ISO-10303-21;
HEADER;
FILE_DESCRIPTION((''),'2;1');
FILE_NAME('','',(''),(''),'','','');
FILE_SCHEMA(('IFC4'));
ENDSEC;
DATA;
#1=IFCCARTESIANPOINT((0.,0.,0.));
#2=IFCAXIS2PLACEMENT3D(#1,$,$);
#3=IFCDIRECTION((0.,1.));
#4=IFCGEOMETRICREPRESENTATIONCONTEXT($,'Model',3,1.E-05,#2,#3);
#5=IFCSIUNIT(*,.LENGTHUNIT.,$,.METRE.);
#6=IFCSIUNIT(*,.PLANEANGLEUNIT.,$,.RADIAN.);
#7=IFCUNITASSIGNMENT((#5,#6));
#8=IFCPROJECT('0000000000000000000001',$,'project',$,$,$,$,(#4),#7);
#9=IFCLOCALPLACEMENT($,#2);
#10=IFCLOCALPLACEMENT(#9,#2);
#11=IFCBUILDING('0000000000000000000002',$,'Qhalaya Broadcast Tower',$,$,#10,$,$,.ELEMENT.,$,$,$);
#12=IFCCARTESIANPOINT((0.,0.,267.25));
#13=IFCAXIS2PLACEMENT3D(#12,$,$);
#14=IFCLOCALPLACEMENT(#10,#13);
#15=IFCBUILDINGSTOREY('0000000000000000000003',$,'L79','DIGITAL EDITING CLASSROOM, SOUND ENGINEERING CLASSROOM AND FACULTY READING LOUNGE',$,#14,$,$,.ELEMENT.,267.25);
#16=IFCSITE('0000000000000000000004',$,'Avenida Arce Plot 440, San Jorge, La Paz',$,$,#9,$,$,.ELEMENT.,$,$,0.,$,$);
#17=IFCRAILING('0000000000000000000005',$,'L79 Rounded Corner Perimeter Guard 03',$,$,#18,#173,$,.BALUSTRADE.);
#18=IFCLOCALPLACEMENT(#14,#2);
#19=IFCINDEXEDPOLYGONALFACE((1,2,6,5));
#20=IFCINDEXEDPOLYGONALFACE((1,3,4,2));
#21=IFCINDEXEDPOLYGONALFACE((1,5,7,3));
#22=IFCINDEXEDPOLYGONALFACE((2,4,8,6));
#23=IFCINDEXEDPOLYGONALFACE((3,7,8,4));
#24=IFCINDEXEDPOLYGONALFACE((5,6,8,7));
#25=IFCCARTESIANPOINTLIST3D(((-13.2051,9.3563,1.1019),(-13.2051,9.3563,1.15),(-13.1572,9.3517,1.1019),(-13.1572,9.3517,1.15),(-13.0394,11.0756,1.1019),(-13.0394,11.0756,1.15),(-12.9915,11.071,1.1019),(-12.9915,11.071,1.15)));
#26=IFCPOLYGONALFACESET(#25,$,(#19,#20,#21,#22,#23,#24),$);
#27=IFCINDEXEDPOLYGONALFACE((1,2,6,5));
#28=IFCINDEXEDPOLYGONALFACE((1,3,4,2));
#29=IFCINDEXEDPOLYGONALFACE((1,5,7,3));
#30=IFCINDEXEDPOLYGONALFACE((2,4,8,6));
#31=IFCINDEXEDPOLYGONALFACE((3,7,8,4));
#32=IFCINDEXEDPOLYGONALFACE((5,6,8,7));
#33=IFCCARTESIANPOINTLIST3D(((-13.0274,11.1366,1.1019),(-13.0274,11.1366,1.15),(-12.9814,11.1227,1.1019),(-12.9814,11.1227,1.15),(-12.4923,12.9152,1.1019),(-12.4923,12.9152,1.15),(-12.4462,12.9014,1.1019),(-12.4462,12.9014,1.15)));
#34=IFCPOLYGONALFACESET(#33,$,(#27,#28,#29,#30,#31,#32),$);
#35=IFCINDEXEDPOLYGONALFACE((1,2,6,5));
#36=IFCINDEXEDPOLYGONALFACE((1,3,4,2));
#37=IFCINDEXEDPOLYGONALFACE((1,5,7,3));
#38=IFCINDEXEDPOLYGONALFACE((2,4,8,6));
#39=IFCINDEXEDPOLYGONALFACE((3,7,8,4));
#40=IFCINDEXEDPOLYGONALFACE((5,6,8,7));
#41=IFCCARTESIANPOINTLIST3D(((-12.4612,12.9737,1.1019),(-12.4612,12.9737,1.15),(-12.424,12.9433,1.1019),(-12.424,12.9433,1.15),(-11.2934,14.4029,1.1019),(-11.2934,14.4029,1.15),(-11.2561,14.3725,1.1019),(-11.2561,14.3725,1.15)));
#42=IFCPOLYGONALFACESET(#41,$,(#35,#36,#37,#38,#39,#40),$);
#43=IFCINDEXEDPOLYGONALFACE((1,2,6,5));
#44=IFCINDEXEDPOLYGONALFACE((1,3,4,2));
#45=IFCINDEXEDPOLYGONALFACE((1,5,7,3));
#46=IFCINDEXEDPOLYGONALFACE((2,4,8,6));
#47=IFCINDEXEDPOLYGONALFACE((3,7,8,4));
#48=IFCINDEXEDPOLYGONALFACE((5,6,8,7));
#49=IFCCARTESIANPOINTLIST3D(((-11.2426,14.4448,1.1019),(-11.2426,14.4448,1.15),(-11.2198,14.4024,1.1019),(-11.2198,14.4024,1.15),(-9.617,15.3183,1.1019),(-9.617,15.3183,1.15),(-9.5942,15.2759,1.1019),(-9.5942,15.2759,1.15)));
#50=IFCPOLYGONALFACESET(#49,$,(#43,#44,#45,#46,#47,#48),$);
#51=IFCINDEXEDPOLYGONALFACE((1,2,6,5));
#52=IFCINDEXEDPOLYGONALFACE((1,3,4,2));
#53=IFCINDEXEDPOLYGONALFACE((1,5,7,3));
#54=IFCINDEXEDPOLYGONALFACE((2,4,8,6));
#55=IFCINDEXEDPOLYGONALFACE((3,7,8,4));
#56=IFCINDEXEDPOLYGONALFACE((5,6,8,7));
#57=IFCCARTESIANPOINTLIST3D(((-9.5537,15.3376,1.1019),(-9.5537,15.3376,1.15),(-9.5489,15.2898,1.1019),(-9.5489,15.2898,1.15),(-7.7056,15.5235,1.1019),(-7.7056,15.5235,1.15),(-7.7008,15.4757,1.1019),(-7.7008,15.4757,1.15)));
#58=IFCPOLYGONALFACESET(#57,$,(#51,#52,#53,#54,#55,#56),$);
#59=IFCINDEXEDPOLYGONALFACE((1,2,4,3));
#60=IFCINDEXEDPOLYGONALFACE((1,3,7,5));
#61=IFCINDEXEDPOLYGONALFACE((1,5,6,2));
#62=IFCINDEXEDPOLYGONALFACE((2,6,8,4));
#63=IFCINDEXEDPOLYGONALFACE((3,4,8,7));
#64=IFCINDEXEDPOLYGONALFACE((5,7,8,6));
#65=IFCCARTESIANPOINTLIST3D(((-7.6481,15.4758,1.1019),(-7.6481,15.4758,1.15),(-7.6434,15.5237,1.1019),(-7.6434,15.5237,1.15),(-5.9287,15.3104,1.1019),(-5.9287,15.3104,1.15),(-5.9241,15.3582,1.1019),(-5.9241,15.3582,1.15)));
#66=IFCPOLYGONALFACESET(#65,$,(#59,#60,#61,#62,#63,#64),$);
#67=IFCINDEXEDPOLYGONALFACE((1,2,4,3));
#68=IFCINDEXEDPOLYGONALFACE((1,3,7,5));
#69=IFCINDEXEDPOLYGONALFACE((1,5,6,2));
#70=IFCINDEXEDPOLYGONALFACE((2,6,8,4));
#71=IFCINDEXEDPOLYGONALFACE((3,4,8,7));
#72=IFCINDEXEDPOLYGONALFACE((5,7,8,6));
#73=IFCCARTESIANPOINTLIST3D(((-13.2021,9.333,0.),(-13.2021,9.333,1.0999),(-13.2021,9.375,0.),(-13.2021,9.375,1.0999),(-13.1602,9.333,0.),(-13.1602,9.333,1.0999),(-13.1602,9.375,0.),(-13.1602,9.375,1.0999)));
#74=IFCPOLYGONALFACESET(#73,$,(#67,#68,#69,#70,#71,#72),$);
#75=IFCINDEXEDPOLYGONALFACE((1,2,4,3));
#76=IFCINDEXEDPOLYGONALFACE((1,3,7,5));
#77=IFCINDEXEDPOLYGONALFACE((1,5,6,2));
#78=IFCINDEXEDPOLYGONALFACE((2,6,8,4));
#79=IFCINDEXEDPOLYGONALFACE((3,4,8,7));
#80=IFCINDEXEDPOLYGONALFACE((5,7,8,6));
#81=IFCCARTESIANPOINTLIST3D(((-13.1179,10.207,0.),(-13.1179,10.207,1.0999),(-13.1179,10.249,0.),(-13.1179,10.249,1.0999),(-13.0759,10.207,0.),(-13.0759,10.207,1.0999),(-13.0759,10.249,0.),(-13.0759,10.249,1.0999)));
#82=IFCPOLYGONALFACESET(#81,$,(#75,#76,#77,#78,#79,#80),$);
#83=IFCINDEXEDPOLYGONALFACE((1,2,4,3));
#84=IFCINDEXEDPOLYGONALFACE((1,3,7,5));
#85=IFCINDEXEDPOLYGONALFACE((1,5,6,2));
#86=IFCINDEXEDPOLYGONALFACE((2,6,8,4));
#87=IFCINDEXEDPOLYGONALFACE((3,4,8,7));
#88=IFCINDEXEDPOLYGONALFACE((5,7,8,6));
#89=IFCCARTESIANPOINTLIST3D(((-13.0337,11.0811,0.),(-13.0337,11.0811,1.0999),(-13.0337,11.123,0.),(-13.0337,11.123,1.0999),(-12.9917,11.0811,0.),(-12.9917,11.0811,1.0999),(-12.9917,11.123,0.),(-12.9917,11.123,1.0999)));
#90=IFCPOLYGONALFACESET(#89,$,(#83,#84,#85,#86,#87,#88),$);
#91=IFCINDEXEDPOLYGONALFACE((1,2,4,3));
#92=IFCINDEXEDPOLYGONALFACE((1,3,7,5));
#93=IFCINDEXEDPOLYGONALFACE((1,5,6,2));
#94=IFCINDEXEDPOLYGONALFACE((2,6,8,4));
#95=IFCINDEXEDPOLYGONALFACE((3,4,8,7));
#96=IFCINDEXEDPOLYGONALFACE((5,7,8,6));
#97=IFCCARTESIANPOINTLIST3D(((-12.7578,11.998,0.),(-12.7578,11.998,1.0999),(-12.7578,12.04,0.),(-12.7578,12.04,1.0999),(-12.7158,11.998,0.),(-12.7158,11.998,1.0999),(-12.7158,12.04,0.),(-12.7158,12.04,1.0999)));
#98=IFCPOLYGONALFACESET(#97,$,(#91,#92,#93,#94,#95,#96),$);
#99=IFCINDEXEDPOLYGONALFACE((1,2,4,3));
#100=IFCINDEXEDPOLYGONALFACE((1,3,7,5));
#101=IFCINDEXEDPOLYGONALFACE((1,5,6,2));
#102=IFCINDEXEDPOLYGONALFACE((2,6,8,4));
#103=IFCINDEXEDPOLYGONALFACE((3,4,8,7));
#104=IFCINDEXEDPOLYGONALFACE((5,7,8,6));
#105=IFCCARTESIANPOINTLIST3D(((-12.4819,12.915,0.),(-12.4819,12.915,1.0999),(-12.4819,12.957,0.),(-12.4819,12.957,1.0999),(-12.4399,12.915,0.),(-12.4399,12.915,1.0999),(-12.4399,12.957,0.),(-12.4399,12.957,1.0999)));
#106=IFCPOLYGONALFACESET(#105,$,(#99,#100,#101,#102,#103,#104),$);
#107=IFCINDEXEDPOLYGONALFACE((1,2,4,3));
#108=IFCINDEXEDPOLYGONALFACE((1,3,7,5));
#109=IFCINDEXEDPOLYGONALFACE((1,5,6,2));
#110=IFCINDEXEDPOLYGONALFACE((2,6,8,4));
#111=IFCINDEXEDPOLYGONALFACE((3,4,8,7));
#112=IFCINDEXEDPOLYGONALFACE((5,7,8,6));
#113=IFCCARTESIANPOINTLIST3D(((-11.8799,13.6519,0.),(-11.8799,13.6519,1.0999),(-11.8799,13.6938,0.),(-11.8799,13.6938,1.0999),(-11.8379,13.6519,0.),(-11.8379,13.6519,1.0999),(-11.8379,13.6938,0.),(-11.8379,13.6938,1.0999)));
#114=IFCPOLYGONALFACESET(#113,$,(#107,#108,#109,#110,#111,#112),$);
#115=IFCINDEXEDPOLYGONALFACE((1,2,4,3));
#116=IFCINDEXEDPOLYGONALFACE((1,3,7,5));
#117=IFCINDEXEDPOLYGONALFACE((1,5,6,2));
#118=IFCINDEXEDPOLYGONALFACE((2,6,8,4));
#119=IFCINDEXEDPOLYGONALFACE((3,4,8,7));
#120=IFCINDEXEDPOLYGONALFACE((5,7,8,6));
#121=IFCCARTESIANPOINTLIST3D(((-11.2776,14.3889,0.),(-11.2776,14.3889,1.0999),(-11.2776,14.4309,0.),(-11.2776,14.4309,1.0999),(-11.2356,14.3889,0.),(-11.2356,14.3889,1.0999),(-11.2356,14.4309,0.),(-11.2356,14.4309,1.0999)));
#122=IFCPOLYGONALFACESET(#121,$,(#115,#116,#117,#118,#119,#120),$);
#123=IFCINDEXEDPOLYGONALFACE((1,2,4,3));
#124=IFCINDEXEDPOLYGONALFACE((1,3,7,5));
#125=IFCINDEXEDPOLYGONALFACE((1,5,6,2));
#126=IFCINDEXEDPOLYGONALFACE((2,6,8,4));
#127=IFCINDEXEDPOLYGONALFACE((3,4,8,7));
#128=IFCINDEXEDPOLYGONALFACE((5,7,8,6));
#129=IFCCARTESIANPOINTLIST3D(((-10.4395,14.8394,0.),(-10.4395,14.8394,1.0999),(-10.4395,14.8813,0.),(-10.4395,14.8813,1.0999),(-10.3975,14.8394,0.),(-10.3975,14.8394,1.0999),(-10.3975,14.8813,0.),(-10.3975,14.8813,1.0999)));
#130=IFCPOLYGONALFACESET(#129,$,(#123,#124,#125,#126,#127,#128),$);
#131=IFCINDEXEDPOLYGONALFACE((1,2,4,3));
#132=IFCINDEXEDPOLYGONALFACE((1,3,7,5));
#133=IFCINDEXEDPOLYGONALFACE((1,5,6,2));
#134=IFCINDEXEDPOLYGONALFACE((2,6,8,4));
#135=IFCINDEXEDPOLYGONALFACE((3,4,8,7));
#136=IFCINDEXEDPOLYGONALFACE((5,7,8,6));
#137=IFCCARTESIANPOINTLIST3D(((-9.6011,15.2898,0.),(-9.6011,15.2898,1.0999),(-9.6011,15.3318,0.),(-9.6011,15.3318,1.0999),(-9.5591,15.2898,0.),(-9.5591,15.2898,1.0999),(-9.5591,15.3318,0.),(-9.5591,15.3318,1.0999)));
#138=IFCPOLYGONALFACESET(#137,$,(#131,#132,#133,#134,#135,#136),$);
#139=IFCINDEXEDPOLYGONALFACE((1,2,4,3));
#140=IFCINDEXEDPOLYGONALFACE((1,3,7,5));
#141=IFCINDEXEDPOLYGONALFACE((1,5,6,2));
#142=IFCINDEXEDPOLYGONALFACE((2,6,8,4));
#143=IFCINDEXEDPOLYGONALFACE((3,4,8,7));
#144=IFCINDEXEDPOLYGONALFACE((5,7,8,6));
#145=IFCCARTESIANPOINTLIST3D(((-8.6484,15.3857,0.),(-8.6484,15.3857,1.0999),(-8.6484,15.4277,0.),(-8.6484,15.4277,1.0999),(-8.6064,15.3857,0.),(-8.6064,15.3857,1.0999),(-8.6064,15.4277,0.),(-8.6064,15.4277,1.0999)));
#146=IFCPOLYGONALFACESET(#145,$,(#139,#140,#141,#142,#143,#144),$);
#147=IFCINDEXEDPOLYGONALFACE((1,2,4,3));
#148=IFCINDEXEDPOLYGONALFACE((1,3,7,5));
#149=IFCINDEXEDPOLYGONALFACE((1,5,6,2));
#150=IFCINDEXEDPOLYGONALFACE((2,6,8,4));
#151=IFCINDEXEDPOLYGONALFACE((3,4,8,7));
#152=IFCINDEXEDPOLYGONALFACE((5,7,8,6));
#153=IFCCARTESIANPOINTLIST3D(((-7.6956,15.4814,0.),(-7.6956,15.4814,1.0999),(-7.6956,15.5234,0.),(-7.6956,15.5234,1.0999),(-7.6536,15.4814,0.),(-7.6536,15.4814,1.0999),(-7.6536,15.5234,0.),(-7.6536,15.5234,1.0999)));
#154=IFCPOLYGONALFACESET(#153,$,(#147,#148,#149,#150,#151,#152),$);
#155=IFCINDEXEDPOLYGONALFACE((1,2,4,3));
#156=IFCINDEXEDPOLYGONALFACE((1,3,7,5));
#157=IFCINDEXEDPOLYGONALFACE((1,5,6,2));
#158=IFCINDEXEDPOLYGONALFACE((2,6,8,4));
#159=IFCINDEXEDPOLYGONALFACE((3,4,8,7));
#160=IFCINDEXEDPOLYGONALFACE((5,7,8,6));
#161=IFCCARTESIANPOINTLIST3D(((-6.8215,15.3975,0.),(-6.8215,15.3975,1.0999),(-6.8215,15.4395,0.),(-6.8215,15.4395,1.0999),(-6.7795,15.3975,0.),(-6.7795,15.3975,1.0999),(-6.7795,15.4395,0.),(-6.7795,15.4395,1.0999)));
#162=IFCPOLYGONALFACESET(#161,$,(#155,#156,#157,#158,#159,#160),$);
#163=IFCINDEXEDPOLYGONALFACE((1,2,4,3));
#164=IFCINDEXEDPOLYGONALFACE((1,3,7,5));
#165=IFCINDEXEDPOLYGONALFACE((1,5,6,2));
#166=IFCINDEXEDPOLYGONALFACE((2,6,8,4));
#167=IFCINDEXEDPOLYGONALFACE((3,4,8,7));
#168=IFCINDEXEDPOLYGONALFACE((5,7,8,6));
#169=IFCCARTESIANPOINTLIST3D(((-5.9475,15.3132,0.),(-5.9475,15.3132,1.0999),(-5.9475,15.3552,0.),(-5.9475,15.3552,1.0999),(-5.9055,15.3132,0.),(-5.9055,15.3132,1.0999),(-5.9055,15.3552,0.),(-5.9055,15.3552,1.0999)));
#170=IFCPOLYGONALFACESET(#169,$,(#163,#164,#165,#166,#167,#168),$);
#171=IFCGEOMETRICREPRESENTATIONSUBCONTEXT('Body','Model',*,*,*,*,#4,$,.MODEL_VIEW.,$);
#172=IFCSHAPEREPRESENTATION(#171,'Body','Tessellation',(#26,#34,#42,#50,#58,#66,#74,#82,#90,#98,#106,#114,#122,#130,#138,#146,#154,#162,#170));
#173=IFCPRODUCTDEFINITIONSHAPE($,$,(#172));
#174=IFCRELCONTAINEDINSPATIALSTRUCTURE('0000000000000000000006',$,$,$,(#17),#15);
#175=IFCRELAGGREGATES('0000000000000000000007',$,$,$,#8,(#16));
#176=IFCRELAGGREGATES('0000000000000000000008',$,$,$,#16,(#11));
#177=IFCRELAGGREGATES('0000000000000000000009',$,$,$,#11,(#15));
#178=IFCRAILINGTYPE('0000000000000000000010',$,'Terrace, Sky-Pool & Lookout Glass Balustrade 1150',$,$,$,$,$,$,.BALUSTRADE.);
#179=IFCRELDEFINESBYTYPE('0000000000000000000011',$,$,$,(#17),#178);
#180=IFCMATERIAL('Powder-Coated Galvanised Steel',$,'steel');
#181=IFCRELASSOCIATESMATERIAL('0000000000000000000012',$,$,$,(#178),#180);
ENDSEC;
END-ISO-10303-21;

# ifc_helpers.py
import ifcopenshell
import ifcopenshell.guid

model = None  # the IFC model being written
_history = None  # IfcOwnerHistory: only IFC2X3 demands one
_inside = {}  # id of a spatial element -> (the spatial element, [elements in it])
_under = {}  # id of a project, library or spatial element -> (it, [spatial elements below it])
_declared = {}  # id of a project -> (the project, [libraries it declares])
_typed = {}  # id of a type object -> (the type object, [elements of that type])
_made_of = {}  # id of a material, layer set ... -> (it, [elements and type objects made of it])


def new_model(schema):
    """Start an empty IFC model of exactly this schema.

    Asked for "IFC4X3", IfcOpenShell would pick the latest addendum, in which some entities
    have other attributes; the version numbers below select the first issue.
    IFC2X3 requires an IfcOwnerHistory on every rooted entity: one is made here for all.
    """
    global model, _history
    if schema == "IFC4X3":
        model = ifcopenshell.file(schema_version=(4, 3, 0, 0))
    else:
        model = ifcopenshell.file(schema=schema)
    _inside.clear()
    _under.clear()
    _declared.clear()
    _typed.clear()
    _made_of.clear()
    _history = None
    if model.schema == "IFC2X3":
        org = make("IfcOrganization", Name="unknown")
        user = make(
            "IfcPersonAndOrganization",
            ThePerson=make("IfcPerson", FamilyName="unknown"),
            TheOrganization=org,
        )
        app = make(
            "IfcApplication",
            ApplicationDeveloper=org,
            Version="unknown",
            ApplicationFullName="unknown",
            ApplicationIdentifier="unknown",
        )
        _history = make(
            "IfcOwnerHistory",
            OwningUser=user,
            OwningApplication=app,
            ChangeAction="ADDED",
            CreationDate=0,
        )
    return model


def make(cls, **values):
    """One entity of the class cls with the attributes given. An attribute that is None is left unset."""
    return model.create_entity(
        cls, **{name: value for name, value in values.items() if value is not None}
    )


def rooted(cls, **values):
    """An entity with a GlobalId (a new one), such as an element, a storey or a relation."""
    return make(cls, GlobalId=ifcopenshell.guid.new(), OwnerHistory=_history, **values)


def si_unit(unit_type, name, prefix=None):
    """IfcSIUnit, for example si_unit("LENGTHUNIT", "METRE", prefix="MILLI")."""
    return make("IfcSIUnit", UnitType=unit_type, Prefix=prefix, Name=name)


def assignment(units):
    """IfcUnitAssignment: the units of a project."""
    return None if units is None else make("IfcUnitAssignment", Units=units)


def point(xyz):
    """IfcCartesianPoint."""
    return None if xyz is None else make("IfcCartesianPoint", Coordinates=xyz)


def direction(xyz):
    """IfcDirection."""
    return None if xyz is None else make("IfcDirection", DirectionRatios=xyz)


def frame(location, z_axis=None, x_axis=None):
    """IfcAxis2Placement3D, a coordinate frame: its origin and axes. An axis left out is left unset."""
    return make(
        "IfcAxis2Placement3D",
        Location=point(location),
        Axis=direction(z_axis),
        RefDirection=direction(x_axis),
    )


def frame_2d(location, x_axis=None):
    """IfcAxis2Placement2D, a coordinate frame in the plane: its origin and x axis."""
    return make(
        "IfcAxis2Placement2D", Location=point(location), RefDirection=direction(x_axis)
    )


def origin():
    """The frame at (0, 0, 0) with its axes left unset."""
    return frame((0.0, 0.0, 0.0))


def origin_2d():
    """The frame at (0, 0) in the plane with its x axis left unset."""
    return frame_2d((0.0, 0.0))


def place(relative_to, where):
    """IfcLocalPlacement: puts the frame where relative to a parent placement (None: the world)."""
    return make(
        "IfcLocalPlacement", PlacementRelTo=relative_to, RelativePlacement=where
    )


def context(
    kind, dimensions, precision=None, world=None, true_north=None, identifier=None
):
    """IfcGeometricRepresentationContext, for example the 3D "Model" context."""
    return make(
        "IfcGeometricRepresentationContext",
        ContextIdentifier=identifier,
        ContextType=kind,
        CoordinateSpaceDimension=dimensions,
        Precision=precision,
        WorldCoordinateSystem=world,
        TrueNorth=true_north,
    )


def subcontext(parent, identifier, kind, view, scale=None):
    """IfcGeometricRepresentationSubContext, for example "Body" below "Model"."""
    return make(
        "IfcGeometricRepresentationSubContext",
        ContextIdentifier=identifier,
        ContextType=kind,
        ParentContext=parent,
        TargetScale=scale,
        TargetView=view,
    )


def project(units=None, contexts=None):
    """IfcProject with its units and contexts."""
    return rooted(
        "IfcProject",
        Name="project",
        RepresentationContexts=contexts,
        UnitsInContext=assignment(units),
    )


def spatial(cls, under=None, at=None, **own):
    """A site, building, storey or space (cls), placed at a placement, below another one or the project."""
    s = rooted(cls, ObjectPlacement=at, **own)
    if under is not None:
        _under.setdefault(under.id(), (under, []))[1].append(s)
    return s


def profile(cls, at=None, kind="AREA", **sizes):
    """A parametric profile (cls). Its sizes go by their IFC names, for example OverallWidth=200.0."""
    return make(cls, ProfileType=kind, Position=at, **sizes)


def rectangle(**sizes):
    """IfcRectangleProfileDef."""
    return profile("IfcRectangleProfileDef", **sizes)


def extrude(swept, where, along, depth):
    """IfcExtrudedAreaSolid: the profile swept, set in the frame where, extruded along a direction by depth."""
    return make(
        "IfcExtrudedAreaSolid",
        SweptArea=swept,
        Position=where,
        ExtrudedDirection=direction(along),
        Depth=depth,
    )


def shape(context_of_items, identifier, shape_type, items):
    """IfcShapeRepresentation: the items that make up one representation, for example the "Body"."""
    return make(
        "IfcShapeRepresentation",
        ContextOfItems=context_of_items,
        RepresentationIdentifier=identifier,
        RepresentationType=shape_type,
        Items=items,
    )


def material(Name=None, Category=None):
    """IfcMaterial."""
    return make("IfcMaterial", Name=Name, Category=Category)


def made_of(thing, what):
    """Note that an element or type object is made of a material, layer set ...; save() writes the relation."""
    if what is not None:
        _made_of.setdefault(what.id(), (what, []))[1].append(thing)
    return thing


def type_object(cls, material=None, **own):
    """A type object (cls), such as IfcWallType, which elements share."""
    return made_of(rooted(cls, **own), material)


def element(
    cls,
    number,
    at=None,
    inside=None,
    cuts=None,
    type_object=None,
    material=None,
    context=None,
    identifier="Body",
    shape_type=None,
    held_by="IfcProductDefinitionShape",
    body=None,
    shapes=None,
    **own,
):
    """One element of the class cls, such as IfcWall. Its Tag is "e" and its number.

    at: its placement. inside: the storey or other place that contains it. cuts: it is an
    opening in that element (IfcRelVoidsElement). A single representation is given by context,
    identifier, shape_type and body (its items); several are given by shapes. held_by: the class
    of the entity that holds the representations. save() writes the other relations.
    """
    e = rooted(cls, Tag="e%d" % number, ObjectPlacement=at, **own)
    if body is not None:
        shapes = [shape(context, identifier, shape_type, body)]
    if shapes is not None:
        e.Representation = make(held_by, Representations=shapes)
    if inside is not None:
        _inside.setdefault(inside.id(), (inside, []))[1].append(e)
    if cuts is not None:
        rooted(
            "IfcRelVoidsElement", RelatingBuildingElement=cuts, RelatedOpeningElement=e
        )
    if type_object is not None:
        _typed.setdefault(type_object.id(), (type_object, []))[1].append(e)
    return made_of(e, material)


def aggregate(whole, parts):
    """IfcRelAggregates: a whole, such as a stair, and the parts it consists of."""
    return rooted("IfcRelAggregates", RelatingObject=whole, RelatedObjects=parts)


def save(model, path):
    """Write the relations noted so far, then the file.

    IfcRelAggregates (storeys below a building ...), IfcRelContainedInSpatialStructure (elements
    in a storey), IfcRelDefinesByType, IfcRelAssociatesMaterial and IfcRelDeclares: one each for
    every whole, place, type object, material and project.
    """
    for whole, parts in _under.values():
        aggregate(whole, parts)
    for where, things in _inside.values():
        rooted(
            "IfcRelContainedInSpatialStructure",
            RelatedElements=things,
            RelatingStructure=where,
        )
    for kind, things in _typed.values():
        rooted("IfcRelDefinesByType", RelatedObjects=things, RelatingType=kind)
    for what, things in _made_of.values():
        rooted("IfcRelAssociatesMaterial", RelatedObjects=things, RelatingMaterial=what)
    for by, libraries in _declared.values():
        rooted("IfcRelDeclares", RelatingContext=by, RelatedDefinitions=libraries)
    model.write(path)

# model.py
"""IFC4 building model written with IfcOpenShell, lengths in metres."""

from ifc_helpers import new_model, si_unit, direction, frame, origin, origin_2d, place, context, subcontext, project, spatial, rectangle, extrude, material, type_object, element, save


model = new_model("IFC4")

# Units and contexts
model_context = context("Model", 3, precision=1e-05, world=origin(), true_north=direction((0.0, 1.0)))
body_context = subcontext(model_context, "Body", "Model", "MODEL_VIEW")
ifc_project = project(units=[si_unit("LENGTHUNIT", "METRE"), si_unit("PLANEANGLEUNIT", "RADIAN")], contexts=[model_context])

# Site, building, storey
site_placement = place(None, origin())
site = spatial("IfcSite", under=ifc_project, at=site_placement, Name="Avenida Arce Plot 440, San Jorge, La Paz", CompositionType="ELEMENT", RefElevation=0.0)
building_placement = place(site_placement, origin())
building = spatial("IfcBuilding", under=site, at=building_placement, Name="Qhalaya Broadcast Tower", CompositionType="ELEMENT")
storey_placement = place(building_placement, frame((0.0, 0.0, 267.25)))
storey = spatial("IfcBuildingStorey", under=building, at=storey_placement, Name="L79", Description="DIGITAL EDITING CLASSROOM, SOUND ENGINEERING CLASSROOM AND FACULTY READING LOUNGE", CompositionType="ELEMENT", Elevation=267.25)

# Railing
ifc_material_1 = material(Name="Powder-Coated Galvanised Steel", Category="steel")
railing_type = type_object("IfcRailingType", Name="Terrace, Sky-Pool & Lookout Glass Balustrade 1150", PredefinedType="BALUSTRADE", material=ifc_material_1)
railing_placement = place(storey_placement, frame((-13.1812, 9.354, 0.0)))
element("IfcRailing", 1, at=railing_placement, inside=storey, type_object=railing_type, Name="L79 Rounded Corner Perimeter Guard 03", PredefinedType="BALUSTRADE", context=body_context, shape_type="SweptSolid", body=[
    extrude(rectangle(XDim=0.0481, YDim=0.0481, at=origin_2d()), frame((0.0, 0.0, 1.126), z_axis=(0.095924, 0.995389, 0.0), x_axis=(-0.995389, 0.095924, 0.0)), (0.0, 0.0, 1.0), 1.7273),
    extrude(rectangle(XDim=0.0481, YDim=0.0481, at=origin_2d()), frame((0.1768, 1.7756, 1.126), z_axis=(0.288096, 0.957601, 0.0), x_axis=(-0.957601, 0.288096, 0.0)), (0.0, 0.0, 1.0), 1.8574),
    extrude(rectangle(XDim=0.0481, YDim=0.0481, at=origin_2d()), frame((0.7385, 3.6045, 1.126), z_axis=(0.632749, 0.774357, 0.0), x_axis=(-0.774357, 0.632749, 0.0)), (0.0, 0.0, 1.0), 1.8457),
    extrude(rectangle(XDim=0.0481, YDim=0.0481, at=origin_2d()), frame((1.95, 5.0696, 1.126), z_axis=(0.880879, 0.473342, 0.0), x_axis=(-0.473342, 0.880879, 0.0)), (0.0, 0.0, 1.0), 1.8455),
    extrude(rectangle(XDim=0.0481, YDim=0.0481, at=origin_2d()), frame((3.6299, 5.9597, 1.126), z_axis=(0.99498, 0.100072, 0.0), x_axis=(-0.100072, 0.99498, 0.0)), (0.0, 0.0, 1.0), 1.8574),
    extrude(rectangle(XDim=0.0481, YDim=0.0481, at=origin_2d()), frame((5.5354, 6.1458, 1.126), z_axis=(0.995402, -0.095787, 0.0), x_axis=(0.095787, 0.995402, 0.0)), (0.0, 0.0, 1.0), 1.7273),
    extrude(rectangle(XDim=0.042, YDim=0.042, at=origin_2d()), origin(), (0.0, 0.0, 1.0), 1.0999),
    extrude(rectangle(XDim=0.042, YDim=0.042, at=origin_2d()), frame((0.0842, 0.874, 0.0)), (0.0, 0.0, 1.0), 1.0999),
    extrude(rectangle(XDim=0.042, YDim=0.042, at=origin_2d()), frame((0.1685, 1.748, 0.0)), (0.0, 0.0, 1.0), 1.0999),
    extrude(rectangle(XDim=0.042, YDim=0.042, at=origin_2d()), frame((0.4443, 2.665, 0.0)), (0.0, 0.0, 1.0), 1.0999),
    extrude(rectangle(XDim=0.042, YDim=0.042, at=origin_2d()), frame((0.7202, 3.582, 0.0)), (0.0, 0.0, 1.0), 1.0999),
    extrude(rectangle(XDim=0.042, YDim=0.042, at=origin_2d()), frame((1.3223, 4.3188, 0.0)), (0.0, 0.0, 1.0), 1.0999),
    extrude(rectangle(XDim=0.042, YDim=0.042, at=origin_2d()), frame((1.9246, 5.0559, 0.0)), (0.0, 0.0, 1.0), 1.0999),
    extrude(rectangle(XDim=0.042, YDim=0.042, at=origin_2d()), frame((2.7627, 5.5063, 0.0)), (0.0, 0.0, 1.0), 1.0999),
    extrude(rectangle(XDim=0.042, YDim=0.042, at=origin_2d()), frame((3.6011, 5.9568, 0.0)), (0.0, 0.0, 1.0), 1.0999),
    extrude(rectangle(XDim=0.042, YDim=0.042, at=origin_2d()), frame((4.5537, 6.0527, 0.0)), (0.0, 0.0, 1.0), 1.0999),
    extrude(rectangle(XDim=0.042, YDim=0.042, at=origin_2d()), frame((5.5066, 6.1484, 0.0)), (0.0, 0.0, 1.0), 1.0999),
    extrude(rectangle(XDim=0.042, YDim=0.042, at=origin_2d()), frame((6.3806, 6.0645, 0.0)), (0.0, 0.0, 1.0), 1.0999),
    extrude(rectangle(XDim=0.042, YDim=0.042, at=origin_2d()), frame((7.2546, 5.9802, 0.0)), (0.0, 0.0, 1.0), 1.0999),
])

save(model, "model.ifc")
